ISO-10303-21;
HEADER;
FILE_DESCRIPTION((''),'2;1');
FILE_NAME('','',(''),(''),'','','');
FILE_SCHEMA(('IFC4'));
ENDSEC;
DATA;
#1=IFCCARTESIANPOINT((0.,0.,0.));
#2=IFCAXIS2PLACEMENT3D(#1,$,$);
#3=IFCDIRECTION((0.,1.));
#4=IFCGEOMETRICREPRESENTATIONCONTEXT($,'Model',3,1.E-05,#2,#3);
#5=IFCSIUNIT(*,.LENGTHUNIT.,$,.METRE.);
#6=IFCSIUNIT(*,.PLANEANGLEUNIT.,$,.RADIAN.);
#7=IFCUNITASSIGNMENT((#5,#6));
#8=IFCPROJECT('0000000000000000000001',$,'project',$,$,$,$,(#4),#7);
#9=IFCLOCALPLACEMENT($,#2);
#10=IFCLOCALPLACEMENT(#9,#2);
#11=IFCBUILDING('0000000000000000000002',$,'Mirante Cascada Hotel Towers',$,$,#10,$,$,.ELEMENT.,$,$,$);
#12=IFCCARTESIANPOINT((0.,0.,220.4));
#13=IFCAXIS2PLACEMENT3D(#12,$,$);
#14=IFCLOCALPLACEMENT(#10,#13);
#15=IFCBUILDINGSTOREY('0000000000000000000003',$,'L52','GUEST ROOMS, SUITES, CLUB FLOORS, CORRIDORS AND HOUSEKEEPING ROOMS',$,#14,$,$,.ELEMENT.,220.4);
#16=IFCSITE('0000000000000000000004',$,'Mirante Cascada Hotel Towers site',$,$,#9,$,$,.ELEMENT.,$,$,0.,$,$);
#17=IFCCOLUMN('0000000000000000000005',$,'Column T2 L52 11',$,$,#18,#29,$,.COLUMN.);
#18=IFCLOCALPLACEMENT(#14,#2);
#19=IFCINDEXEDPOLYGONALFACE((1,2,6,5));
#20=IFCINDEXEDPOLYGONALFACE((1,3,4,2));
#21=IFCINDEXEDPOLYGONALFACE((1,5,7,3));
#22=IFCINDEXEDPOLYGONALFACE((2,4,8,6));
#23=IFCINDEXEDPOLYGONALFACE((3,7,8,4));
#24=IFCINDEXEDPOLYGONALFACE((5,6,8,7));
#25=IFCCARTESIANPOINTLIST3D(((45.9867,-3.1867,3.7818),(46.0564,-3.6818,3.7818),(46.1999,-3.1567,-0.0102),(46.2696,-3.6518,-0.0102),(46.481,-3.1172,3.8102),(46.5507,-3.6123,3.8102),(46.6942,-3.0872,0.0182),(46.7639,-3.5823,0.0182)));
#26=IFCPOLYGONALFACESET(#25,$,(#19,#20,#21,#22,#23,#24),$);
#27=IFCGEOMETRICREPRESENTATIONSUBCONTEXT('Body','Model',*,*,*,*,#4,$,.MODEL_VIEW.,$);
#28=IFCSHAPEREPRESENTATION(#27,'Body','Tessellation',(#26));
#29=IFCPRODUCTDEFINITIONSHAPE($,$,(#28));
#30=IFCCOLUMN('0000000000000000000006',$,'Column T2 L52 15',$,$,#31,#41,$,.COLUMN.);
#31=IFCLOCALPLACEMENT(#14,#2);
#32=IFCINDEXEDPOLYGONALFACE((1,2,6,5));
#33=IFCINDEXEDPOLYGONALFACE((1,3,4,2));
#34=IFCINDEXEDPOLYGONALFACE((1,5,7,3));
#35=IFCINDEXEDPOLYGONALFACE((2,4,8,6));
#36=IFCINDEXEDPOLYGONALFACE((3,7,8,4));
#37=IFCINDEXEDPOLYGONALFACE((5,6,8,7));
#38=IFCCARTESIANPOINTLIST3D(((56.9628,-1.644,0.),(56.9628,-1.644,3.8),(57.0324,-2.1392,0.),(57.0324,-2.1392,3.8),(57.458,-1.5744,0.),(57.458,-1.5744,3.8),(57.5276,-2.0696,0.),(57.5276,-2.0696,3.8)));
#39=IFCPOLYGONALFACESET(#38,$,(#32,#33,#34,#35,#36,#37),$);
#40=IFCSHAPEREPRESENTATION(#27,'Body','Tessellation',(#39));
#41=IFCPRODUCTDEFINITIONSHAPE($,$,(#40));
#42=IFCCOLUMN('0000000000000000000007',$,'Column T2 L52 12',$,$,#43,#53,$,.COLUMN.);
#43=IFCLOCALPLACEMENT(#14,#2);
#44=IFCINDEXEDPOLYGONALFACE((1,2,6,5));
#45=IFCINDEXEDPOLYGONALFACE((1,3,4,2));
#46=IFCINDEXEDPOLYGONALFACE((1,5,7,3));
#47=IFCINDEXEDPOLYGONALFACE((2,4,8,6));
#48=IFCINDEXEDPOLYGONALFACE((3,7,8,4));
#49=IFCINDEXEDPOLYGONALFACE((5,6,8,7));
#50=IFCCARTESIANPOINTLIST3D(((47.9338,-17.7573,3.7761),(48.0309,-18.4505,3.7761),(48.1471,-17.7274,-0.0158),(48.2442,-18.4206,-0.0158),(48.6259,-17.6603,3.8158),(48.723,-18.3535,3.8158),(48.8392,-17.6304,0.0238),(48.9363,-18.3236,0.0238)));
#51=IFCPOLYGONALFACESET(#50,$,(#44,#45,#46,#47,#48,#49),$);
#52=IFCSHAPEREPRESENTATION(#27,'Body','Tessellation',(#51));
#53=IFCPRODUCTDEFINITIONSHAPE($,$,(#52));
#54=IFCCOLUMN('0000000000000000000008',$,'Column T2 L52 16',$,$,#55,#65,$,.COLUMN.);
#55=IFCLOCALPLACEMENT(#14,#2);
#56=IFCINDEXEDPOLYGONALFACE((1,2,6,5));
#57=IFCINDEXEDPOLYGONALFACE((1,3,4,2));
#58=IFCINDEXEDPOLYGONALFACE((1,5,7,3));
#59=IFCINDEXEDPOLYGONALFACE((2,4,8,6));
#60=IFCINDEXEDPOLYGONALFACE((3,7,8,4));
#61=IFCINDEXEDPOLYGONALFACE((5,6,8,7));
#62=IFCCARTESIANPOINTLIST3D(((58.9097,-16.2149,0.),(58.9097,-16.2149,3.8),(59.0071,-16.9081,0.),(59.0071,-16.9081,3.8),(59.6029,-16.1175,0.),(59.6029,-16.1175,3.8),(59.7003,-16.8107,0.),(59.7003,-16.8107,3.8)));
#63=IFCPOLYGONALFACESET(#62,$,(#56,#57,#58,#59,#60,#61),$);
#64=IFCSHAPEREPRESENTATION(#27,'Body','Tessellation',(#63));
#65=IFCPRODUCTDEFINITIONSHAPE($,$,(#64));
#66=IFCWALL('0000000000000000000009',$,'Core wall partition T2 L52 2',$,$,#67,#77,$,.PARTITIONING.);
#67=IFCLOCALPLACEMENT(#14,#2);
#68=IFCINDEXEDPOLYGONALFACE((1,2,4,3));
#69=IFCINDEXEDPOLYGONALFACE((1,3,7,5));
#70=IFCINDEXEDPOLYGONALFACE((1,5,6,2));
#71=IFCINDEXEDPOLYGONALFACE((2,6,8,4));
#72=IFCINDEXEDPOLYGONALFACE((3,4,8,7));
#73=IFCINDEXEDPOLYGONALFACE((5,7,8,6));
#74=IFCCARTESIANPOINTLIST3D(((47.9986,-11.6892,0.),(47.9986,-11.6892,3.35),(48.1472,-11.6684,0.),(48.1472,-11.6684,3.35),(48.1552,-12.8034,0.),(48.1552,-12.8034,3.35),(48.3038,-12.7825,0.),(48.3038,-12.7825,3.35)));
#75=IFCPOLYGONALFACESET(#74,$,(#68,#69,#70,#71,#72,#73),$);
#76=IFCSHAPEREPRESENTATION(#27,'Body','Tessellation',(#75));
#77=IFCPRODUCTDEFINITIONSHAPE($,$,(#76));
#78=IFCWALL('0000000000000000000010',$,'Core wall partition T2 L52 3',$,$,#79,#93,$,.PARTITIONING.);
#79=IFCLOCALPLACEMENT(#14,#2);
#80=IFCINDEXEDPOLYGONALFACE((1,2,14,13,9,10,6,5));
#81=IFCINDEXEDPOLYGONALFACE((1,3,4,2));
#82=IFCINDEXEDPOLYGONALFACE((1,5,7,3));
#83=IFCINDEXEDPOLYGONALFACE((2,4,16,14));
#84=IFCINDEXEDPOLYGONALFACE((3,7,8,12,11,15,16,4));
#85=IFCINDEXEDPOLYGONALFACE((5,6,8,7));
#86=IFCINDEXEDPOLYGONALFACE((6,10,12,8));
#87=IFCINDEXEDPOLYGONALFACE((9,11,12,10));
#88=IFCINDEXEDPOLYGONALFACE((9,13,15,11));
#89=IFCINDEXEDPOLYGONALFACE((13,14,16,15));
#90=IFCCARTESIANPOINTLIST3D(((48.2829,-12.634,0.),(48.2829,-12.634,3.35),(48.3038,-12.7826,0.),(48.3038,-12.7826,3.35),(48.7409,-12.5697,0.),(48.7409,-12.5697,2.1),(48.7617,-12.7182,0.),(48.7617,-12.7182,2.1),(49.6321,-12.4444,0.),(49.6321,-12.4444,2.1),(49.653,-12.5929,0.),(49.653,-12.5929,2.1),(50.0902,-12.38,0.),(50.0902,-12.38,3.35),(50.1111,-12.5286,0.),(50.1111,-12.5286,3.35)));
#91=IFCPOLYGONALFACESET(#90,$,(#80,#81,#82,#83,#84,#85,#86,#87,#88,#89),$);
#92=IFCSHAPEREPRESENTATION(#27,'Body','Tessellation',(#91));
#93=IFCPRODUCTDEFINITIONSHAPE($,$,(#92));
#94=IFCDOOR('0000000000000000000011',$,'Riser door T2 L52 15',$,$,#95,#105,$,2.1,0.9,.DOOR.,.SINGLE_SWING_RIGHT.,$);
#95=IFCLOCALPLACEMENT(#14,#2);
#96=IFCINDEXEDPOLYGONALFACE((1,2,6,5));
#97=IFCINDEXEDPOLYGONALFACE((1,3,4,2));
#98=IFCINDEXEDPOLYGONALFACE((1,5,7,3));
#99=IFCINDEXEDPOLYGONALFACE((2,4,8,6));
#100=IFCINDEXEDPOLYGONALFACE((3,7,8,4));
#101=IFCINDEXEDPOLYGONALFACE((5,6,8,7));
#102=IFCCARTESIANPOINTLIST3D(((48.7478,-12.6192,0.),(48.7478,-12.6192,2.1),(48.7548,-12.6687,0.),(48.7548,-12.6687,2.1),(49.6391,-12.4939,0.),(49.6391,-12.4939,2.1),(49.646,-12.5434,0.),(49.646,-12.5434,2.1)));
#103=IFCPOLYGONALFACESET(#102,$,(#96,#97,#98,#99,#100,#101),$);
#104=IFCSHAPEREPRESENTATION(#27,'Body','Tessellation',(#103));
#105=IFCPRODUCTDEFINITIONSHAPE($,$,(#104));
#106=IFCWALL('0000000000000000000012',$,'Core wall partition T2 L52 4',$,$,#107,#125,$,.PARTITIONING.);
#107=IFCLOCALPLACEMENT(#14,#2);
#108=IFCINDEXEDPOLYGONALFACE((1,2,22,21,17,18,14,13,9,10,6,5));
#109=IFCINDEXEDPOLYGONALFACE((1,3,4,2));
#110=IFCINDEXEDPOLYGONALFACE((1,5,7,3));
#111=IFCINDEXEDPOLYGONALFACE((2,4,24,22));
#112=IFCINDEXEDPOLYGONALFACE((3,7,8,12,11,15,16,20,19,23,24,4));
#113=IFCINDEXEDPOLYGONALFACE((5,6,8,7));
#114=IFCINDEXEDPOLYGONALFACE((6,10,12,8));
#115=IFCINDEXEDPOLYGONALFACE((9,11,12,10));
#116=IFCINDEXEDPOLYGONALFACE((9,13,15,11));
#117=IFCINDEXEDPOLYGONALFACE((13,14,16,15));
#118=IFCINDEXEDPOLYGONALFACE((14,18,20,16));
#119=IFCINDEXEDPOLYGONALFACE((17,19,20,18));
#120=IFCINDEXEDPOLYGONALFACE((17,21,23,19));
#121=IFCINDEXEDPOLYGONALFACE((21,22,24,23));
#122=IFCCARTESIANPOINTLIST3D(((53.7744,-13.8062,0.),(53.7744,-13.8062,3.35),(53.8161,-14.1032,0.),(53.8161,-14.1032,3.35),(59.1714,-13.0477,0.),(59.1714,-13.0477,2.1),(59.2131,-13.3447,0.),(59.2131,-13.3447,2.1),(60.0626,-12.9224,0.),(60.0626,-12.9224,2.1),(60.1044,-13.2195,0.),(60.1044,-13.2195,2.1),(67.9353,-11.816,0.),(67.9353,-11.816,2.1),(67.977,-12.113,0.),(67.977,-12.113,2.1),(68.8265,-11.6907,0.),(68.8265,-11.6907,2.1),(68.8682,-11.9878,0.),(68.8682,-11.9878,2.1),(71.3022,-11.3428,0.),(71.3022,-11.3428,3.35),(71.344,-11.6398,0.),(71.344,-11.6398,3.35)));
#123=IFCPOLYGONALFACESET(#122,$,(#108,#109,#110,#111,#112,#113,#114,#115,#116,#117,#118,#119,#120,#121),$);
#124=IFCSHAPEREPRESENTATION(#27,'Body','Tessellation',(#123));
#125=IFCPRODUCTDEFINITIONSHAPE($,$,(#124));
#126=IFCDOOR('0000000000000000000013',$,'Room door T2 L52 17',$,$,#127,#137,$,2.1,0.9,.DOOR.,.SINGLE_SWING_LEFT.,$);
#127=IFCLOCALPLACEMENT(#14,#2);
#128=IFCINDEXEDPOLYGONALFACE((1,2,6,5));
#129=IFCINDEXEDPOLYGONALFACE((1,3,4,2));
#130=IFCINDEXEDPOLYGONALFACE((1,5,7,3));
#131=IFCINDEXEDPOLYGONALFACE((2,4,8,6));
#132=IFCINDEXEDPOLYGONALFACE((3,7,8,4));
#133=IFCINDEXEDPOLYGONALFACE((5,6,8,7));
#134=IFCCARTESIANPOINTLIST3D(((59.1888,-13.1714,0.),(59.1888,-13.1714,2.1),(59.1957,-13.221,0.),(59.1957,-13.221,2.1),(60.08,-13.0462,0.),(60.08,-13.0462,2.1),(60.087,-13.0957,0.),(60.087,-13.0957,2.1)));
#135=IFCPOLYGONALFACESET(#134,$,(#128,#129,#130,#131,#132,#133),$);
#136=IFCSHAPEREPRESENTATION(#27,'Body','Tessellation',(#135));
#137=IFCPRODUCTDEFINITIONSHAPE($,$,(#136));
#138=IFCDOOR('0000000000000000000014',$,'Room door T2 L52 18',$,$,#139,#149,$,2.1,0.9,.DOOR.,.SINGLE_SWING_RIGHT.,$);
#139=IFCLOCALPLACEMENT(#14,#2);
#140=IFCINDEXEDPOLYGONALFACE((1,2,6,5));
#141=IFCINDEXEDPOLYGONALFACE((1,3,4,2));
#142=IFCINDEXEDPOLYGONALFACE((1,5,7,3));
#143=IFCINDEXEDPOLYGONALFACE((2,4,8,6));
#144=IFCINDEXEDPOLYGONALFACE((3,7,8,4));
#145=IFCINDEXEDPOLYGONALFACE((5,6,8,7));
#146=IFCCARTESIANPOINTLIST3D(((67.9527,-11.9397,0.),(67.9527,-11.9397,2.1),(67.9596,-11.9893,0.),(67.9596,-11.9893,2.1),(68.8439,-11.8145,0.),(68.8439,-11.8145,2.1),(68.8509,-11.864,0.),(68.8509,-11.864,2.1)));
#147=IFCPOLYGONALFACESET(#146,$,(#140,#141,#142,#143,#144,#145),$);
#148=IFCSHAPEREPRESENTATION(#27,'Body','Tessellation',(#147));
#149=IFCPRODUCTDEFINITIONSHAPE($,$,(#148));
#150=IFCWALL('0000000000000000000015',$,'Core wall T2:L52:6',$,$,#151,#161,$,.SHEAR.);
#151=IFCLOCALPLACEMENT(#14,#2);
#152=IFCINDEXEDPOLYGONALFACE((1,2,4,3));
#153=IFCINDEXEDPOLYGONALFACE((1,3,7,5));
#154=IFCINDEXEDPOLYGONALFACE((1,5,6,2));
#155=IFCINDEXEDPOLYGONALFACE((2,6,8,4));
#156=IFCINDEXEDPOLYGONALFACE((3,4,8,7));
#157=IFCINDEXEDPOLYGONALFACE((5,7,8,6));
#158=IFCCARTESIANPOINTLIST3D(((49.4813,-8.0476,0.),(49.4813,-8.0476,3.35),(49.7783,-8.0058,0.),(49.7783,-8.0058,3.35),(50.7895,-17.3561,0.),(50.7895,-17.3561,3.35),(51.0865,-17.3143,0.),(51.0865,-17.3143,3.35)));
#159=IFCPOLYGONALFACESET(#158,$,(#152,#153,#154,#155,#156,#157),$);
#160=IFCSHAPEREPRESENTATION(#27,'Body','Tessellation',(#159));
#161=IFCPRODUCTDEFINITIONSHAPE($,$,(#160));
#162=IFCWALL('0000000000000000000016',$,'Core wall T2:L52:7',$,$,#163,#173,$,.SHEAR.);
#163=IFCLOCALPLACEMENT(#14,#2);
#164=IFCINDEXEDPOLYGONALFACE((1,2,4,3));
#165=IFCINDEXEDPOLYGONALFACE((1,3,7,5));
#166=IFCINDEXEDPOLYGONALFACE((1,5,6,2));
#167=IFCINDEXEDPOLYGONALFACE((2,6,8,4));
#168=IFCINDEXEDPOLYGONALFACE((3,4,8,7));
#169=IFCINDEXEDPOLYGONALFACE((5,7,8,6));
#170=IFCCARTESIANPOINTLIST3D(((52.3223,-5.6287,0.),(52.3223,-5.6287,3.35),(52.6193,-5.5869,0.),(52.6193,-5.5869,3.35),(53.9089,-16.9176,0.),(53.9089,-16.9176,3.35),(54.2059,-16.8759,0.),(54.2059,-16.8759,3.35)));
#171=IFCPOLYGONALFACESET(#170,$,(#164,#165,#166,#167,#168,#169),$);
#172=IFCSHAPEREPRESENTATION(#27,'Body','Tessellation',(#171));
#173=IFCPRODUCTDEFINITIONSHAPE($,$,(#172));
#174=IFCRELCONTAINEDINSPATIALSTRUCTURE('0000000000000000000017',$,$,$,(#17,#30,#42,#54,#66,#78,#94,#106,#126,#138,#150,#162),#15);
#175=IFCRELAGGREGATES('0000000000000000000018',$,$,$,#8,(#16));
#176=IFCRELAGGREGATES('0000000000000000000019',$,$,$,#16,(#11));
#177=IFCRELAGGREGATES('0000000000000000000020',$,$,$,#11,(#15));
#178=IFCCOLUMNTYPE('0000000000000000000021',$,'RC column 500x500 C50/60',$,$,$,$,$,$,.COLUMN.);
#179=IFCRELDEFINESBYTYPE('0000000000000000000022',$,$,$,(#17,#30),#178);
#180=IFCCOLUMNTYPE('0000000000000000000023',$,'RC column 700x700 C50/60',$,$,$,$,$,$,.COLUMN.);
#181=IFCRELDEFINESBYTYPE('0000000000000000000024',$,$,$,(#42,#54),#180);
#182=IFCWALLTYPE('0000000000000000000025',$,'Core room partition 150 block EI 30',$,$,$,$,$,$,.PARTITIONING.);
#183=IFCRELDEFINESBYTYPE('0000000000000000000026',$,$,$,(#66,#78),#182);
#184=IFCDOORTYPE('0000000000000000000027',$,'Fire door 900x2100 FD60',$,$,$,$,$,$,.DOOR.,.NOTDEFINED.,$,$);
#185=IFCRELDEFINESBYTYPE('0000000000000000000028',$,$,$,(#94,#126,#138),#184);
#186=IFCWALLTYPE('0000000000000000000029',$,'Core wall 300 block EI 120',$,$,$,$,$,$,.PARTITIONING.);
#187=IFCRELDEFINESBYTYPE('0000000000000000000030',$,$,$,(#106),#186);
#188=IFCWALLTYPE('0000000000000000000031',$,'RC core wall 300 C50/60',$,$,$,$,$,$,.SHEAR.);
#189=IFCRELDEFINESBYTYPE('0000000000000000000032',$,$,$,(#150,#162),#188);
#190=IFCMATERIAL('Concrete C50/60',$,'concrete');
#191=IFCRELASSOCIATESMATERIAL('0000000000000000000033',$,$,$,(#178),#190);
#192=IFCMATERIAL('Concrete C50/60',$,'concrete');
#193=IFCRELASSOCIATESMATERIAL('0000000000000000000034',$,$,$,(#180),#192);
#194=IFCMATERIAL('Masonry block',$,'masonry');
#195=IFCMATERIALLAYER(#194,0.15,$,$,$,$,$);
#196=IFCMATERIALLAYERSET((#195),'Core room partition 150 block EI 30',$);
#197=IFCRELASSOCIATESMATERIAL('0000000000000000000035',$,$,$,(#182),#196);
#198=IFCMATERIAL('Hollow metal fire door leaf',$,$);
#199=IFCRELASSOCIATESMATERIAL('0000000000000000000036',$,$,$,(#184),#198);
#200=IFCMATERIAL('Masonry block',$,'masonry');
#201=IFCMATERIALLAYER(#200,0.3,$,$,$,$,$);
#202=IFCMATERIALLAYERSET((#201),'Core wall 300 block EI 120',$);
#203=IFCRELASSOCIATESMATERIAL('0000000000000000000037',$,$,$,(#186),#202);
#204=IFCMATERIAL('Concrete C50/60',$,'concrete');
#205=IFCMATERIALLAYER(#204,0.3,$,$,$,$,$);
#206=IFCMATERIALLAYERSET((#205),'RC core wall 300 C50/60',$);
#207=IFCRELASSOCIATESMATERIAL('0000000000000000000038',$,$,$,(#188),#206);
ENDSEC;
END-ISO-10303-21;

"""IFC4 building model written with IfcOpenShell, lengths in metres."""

from ifc_helpers import new_model, si_unit, direction, frame, frame_2d, origin, origin_2d, place, context, subcontext, project, spatial, rectangle, extrude, material, layer, layer_set, material_profile, profile_set, type_object, element, fill, save


model = new_model("IFC4")

# Units and contexts
model_context = context("Model", 3, precision=1e-05, world=origin(), true_north=direction((0.0, 1.0)))
body_context = subcontext(model_context, "Body", "Model", "MODEL_VIEW")
ifc_project = project(units=[si_unit("LENGTHUNIT", "METRE"), si_unit("PLANEANGLEUNIT", "RADIAN")], contexts=[model_context])

# Site, building, storey
site_placement = place(None, origin())
site = spatial("IfcSite", under=ifc_project, at=site_placement, Name="Mirante Cascada Hotel Towers site", CompositionType="ELEMENT", RefElevation=0.0)
building_placement = place(site_placement, origin())
building = spatial("IfcBuilding", under=site, at=building_placement, Name="Mirante Cascada Hotel Towers", CompositionType="ELEMENT")
storey_placement = place(building_placement, frame((0.0, 0.0, 220.4)))
storey = spatial("IfcBuildingStorey", under=building, at=storey_placement, Name="L52", Description="GUEST ROOMS, SUITES, CLUB FLOORS, CORRIDORS AND HOUSEKEEPING ROOMS", CompositionType="ELEMENT", Elevation=220.4)

# Columns
ifc_material_1 = material(Name="Concrete C50/60", Category="concrete")
ifc_material_profile_1 = material_profile(ifc_material_1, rectangle(XDim=0.5, YDim=0.5, at=origin_2d()), Name="RC column 500x500 C50/60")
ifc_profile_set_1 = profile_set([ifc_material_profile_1], Name="Concrete C50/60")
column_type_1 = type_object("IfcColumnType", Name="RC column 500x500 C50/60", PredefinedType="COLUMN", material=ifc_profile_set_1)
column_1_placement = place(storey_placement, frame((46.4819, -3.3695, 0.004), z_axis=(-0.056133, -0.007899, 0.998392), x_axis=(0.13934, -0.990245, 0.0)))
element("IfcColumn", 1, at=column_1_placement, inside=storey, type_object=column_type_1, Name="Column T2 L52 11", PredefinedType="COLUMN", context=body_context, shape_type="SweptSolid", body=[
    extrude(rectangle(XDim=0.5, YDim=0.5, at=origin_2d()), origin(), (0.0, 0.0, 1.0), 3.7981),
])
column_2_placement = place(storey_placement, frame((57.2452, -1.8568, 0.0), z_axis=(0.0, 0.0, 1.0), x_axis=(0.990268, 0.139173, 0.0)))
element("IfcColumn", 2, at=column_2_placement, inside=storey, type_object=column_type_1, Name="Column T2 L52 15", PredefinedType="COLUMN", context=body_context, shape_type="SweptSolid", body=[
    extrude(rectangle(XDim=0.5, YDim=0.5, at=origin_2d()), origin(), (0.0, 0.0, 1.0), 3.8),
])
ifc_material_2 = material(Name="Concrete C50/60", Category="concrete")
ifc_material_profile_2 = material_profile(ifc_material_2, rectangle(XDim=0.7, YDim=0.7, at=origin_2d()), Name="RC column 700x700 C50/60")
ifc_profile_set_2 = profile_set([ifc_material_profile_2], Name="Concrete C50/60")
column_type_2 = type_object("IfcColumnType", Name="RC column 700x700 C50/60", PredefinedType="COLUMN", material=ifc_profile_set_2)
column_3_placement = place(storey_placement, frame((48.5417, -18.0255, 0.004), z_axis=(-0.05616, -0.007872, 0.998391), x_axis=(0.138821, -0.990317, 0.0)))
element("IfcColumn", 3, at=column_3_placement, inside=storey, type_object=column_type_2, Name="Column T2 L52 12", PredefinedType="COLUMN", context=body_context, shape_type="SweptSolid", body=[
    extrude(rectangle(XDim=0.7, YDim=0.7, at=origin_2d()), origin(), (0.0, 0.0, 1.0), 3.7981),
])
column_4_placement = place(storey_placement, frame((59.305, -16.5128, 0.0), z_axis=(0.0, 0.0, 1.0), x_axis=(0.990268, 0.139173, 0.0)))
element("IfcColumn", 4, at=column_4_placement, inside=storey, type_object=column_type_2, Name="Column T2 L52 16", PredefinedType="COLUMN", context=body_context, shape_type="SweptSolid", body=[
    extrude(rectangle(XDim=0.7, YDim=0.7, at=origin_2d()), origin(), (0.0, 0.0, 1.0), 3.8),
])

# Wall
ifc_material_3 = material(Name="Masonry block", Category="masonry")
ifc_layer_1 = layer(ifc_material_3, 0.15)
ifc_layer_set_1 = layer_set([ifc_layer_1], Name="Core room partition 150 block EI 30")
wall_type_1 = type_object("IfcWallType", Name="Core room partition 150 block EI 30", PredefinedType="PARTITIONING", material=ifc_layer_set_1)
wall_1_placement = place(storey_placement, frame((48.2295, -12.793, 0.0), z_axis=(0.0, 0.0, 1.0), x_axis=(-0.139193, 0.990265, 0.0)))
element("IfcWall", 5, at=wall_1_placement, inside=storey, type_object=wall_type_1, Name="Core wall partition T2 L52 2", PredefinedType="PARTITIONING", context=body_context, shape_type="SweptSolid", body=[
    extrude(rectangle(XDim=1.1251, YDim=0.15, at=frame_2d((0.5626, 0.0))), origin(), (0.0, 0.0, 1.0), 3.35),
])

# Wall, opening, door
wall_2_placement = place(storey_placement, frame((48.2933, -12.7083, 0.0), z_axis=(0.0, 0.0, 1.0), x_axis=(0.990268, 0.139173, 0.0)))
wall_2 = element("IfcWall", 6, at=wall_2_placement, inside=storey, type_object=wall_type_1, Name="Core wall partition T2 L52 3", PredefinedType="PARTITIONING", context=body_context, shape_type="SweptSolid", body=[
    extrude(rectangle(XDim=1.8251, YDim=0.15, at=frame_2d((0.9126, 0.0))), origin(), (0.0, 0.0, 1.0), 3.35),
])
opening_1_placement = place(wall_2_placement, frame((0.4625, 0.0, 0.0)))
opening_1 = element("IfcOpeningElement", 7, at=opening_1_placement, cuts=wall_2, PredefinedType="OPENING", context=body_context, shape_type="SweptSolid", body=[
    extrude(rectangle(XDim=0.9, YDim=2.1, at=frame_2d((0.45, 1.05))), frame((0.0, 0.075, 0.0), z_axis=(0.0, -1.0, 0.0), x_axis=(1.0, 0.0, 0.0)), (0.0, 0.0, 1.0), 0.15),
])
ifc_material_4 = material(Name="Hollow metal fire door leaf")
door_type_1 = type_object("IfcDoorType", Name="Fire door 900x2100 FD60", OperationType="NOTDEFINED", PredefinedType="DOOR", material=ifc_material_4)
door_1_placement = place(opening_1_placement, frame((0.9, 0.0, 0.0), z_axis=(0.0, 0.0, 1.0), x_axis=(-1.0, 0.0, 0.0)))
door_1 = element("IfcDoor", 8, at=door_1_placement, inside=storey, type_object=door_type_1, Name="Riser door T2 L52 15", OperationType="SINGLE_SWING_RIGHT", OverallHeight=2.1, OverallWidth=0.9, PredefinedType="DOOR", context=body_context, shape_type="SweptSolid", body=[
    extrude(rectangle(XDim=0.9, YDim=2.1, at=frame_2d((0.45, 1.05))), frame((0.0, 0.025, 0.0), z_axis=(0.0, -1.0, 0.0), x_axis=(1.0, 0.0, 0.0)), (0.0, 0.0, 1.0), 0.05),
])
fill(opening_1, door_1)

# Wall, openings, doors
ifc_material_5 = material(Name="Masonry block", Category="masonry")
ifc_layer_2 = layer(ifc_material_5, 0.3)
ifc_layer_set_2 = layer_set([ifc_layer_2], Name="Core wall 300 block EI 120")
wall_type_2 = type_object("IfcWallType", Name="Core wall 300 block EI 120", PredefinedType="PARTITIONING", material=ifc_layer_set_2)
wall_3_placement = place(storey_placement, frame((53.7953, -13.9547, 0.0), z_axis=(0.0, 0.0, 1.0), x_axis=(0.990268, 0.139175, 0.0)))
wall_3 = element("IfcWall", 9, at=wall_3_placement, inside=storey, type_object=wall_type_2, Name="Core wall partition T2 L52 4", PredefinedType="PARTITIONING", context=body_context, shape_type="SweptSolid", body=[
    extrude(rectangle(XDim=17.7001, YDim=0.3, at=frame_2d((8.85, 0.0))), origin(), (0.0, 0.0, 1.0), 3.35),
])
opening_2_placement = place(wall_3_placement, frame((5.45, 0.0, 0.0)))
opening_2 = element("IfcOpeningElement", 10, at=opening_2_placement, cuts=wall_3, PredefinedType="OPENING", context=body_context, shape_type="SweptSolid", body=[
    extrude(rectangle(XDim=0.9, YDim=2.1, at=frame_2d((0.45, 1.05))), frame((0.0, 0.15, 0.0), z_axis=(0.0, -1.0, 0.0), x_axis=(1.0, 0.0, 0.0)), (0.0, 0.0, 1.0), 0.3),
])
opening_3_placement = place(wall_3_placement, frame((14.3, 0.0, 0.0)))
opening_3 = element("IfcOpeningElement", 11, at=opening_3_placement, cuts=wall_3, PredefinedType="OPENING", context=body_context, shape_type="SweptSolid", body=[
    extrude(rectangle(XDim=0.9, YDim=2.1, at=frame_2d((0.45, 1.05))), frame((0.0, 0.15, 0.0), z_axis=(0.0, -1.0, 0.0), x_axis=(1.0, 0.0, 0.0)), (0.0, 0.0, 1.0), 0.3),
])
door_2_placement = place(opening_2_placement, frame((0.9, 0.0, 0.0), z_axis=(0.0, 0.0, 1.0), x_axis=(-1.0, 0.0, 0.0)))
door_2 = element("IfcDoor", 12, at=door_2_placement, inside=storey, type_object=door_type_1, Name="Room door T2 L52 17", OperationType="SINGLE_SWING_LEFT", OverallHeight=2.1, OverallWidth=0.9, PredefinedType="DOOR", context=body_context, shape_type="SweptSolid", body=[
    extrude(rectangle(XDim=0.9, YDim=2.1, at=frame_2d((0.45, 1.05))), frame((0.0, 0.025, 0.0), z_axis=(0.0, -1.0, 0.0), x_axis=(1.0, 0.0, 0.0)), (0.0, 0.0, 1.0), 0.05),
])
fill(opening_2, door_2)
door_3_placement = place(opening_3_placement, frame((0.9, 0.0, 0.0), z_axis=(0.0, 0.0, 1.0), x_axis=(-1.0, 0.0, 0.0)))
door_3 = element("IfcDoor", 13, at=door_3_placement, inside=storey, type_object=door_type_1, Name="Room door T2 L52 18", OperationType="SINGLE_SWING_RIGHT", OverallHeight=2.1, OverallWidth=0.9, PredefinedType="DOOR", context=body_context, shape_type="SweptSolid", body=[
    extrude(rectangle(XDim=0.9, YDim=2.1, at=frame_2d((0.45, 1.05))), frame((0.0, 0.025, 0.0), z_axis=(0.0, -1.0, 0.0), x_axis=(1.0, 0.0, 0.0)), (0.0, 0.0, 1.0), 0.05),
])
fill(opening_3, door_3)

# Walls
ifc_material_6 = material(Name="Concrete C50/60", Category="concrete")
ifc_layer_3 = layer(ifc_material_6, 0.3)
ifc_layer_set_3 = layer_set([ifc_layer_3], Name="RC core wall 300 C50/60")
wall_type_3 = type_object("IfcWallType", Name="RC core wall 300 C50/60", PredefinedType="SHEAR", material=ifc_layer_set_3)
wall_4_placement = place(storey_placement, frame((50.938, -17.3352, 0.0), z_axis=(0.0, 0.0, 1.0), x_axis=(-0.139171, 0.990268, 0.0)))
element("IfcWall", 14, at=wall_4_placement, inside=storey, type_object=wall_type_3, Name="Core wall T2:L52:6", PredefinedType="SHEAR", context=body_context, shape_type="SweptSolid", body=[
    extrude(rectangle(XDim=9.4, YDim=0.3, at=frame_2d((4.7, 0.0))), origin(), (0.0, 0.0, 1.0), 3.35),
])
wall_5_placement = place(storey_placement, frame((54.0574, -16.8968, 0.0), z_axis=(0.0, 0.0, 1.0), x_axis=(-0.139176, 0.990268, 0.0)))
element("IfcWall", 15, at=wall_5_placement, inside=storey, type_object=wall_type_3, Name="Core wall T2:L52:7", PredefinedType="SHEAR", context=body_context, shape_type="SweptSolid", body=[
    extrude(rectangle(XDim=11.3999, YDim=0.3, at=frame_2d((5.7, 0.0))), origin(), (0.0, 0.0, 1.0), 3.35),
])

save(model, "model.ifc")
